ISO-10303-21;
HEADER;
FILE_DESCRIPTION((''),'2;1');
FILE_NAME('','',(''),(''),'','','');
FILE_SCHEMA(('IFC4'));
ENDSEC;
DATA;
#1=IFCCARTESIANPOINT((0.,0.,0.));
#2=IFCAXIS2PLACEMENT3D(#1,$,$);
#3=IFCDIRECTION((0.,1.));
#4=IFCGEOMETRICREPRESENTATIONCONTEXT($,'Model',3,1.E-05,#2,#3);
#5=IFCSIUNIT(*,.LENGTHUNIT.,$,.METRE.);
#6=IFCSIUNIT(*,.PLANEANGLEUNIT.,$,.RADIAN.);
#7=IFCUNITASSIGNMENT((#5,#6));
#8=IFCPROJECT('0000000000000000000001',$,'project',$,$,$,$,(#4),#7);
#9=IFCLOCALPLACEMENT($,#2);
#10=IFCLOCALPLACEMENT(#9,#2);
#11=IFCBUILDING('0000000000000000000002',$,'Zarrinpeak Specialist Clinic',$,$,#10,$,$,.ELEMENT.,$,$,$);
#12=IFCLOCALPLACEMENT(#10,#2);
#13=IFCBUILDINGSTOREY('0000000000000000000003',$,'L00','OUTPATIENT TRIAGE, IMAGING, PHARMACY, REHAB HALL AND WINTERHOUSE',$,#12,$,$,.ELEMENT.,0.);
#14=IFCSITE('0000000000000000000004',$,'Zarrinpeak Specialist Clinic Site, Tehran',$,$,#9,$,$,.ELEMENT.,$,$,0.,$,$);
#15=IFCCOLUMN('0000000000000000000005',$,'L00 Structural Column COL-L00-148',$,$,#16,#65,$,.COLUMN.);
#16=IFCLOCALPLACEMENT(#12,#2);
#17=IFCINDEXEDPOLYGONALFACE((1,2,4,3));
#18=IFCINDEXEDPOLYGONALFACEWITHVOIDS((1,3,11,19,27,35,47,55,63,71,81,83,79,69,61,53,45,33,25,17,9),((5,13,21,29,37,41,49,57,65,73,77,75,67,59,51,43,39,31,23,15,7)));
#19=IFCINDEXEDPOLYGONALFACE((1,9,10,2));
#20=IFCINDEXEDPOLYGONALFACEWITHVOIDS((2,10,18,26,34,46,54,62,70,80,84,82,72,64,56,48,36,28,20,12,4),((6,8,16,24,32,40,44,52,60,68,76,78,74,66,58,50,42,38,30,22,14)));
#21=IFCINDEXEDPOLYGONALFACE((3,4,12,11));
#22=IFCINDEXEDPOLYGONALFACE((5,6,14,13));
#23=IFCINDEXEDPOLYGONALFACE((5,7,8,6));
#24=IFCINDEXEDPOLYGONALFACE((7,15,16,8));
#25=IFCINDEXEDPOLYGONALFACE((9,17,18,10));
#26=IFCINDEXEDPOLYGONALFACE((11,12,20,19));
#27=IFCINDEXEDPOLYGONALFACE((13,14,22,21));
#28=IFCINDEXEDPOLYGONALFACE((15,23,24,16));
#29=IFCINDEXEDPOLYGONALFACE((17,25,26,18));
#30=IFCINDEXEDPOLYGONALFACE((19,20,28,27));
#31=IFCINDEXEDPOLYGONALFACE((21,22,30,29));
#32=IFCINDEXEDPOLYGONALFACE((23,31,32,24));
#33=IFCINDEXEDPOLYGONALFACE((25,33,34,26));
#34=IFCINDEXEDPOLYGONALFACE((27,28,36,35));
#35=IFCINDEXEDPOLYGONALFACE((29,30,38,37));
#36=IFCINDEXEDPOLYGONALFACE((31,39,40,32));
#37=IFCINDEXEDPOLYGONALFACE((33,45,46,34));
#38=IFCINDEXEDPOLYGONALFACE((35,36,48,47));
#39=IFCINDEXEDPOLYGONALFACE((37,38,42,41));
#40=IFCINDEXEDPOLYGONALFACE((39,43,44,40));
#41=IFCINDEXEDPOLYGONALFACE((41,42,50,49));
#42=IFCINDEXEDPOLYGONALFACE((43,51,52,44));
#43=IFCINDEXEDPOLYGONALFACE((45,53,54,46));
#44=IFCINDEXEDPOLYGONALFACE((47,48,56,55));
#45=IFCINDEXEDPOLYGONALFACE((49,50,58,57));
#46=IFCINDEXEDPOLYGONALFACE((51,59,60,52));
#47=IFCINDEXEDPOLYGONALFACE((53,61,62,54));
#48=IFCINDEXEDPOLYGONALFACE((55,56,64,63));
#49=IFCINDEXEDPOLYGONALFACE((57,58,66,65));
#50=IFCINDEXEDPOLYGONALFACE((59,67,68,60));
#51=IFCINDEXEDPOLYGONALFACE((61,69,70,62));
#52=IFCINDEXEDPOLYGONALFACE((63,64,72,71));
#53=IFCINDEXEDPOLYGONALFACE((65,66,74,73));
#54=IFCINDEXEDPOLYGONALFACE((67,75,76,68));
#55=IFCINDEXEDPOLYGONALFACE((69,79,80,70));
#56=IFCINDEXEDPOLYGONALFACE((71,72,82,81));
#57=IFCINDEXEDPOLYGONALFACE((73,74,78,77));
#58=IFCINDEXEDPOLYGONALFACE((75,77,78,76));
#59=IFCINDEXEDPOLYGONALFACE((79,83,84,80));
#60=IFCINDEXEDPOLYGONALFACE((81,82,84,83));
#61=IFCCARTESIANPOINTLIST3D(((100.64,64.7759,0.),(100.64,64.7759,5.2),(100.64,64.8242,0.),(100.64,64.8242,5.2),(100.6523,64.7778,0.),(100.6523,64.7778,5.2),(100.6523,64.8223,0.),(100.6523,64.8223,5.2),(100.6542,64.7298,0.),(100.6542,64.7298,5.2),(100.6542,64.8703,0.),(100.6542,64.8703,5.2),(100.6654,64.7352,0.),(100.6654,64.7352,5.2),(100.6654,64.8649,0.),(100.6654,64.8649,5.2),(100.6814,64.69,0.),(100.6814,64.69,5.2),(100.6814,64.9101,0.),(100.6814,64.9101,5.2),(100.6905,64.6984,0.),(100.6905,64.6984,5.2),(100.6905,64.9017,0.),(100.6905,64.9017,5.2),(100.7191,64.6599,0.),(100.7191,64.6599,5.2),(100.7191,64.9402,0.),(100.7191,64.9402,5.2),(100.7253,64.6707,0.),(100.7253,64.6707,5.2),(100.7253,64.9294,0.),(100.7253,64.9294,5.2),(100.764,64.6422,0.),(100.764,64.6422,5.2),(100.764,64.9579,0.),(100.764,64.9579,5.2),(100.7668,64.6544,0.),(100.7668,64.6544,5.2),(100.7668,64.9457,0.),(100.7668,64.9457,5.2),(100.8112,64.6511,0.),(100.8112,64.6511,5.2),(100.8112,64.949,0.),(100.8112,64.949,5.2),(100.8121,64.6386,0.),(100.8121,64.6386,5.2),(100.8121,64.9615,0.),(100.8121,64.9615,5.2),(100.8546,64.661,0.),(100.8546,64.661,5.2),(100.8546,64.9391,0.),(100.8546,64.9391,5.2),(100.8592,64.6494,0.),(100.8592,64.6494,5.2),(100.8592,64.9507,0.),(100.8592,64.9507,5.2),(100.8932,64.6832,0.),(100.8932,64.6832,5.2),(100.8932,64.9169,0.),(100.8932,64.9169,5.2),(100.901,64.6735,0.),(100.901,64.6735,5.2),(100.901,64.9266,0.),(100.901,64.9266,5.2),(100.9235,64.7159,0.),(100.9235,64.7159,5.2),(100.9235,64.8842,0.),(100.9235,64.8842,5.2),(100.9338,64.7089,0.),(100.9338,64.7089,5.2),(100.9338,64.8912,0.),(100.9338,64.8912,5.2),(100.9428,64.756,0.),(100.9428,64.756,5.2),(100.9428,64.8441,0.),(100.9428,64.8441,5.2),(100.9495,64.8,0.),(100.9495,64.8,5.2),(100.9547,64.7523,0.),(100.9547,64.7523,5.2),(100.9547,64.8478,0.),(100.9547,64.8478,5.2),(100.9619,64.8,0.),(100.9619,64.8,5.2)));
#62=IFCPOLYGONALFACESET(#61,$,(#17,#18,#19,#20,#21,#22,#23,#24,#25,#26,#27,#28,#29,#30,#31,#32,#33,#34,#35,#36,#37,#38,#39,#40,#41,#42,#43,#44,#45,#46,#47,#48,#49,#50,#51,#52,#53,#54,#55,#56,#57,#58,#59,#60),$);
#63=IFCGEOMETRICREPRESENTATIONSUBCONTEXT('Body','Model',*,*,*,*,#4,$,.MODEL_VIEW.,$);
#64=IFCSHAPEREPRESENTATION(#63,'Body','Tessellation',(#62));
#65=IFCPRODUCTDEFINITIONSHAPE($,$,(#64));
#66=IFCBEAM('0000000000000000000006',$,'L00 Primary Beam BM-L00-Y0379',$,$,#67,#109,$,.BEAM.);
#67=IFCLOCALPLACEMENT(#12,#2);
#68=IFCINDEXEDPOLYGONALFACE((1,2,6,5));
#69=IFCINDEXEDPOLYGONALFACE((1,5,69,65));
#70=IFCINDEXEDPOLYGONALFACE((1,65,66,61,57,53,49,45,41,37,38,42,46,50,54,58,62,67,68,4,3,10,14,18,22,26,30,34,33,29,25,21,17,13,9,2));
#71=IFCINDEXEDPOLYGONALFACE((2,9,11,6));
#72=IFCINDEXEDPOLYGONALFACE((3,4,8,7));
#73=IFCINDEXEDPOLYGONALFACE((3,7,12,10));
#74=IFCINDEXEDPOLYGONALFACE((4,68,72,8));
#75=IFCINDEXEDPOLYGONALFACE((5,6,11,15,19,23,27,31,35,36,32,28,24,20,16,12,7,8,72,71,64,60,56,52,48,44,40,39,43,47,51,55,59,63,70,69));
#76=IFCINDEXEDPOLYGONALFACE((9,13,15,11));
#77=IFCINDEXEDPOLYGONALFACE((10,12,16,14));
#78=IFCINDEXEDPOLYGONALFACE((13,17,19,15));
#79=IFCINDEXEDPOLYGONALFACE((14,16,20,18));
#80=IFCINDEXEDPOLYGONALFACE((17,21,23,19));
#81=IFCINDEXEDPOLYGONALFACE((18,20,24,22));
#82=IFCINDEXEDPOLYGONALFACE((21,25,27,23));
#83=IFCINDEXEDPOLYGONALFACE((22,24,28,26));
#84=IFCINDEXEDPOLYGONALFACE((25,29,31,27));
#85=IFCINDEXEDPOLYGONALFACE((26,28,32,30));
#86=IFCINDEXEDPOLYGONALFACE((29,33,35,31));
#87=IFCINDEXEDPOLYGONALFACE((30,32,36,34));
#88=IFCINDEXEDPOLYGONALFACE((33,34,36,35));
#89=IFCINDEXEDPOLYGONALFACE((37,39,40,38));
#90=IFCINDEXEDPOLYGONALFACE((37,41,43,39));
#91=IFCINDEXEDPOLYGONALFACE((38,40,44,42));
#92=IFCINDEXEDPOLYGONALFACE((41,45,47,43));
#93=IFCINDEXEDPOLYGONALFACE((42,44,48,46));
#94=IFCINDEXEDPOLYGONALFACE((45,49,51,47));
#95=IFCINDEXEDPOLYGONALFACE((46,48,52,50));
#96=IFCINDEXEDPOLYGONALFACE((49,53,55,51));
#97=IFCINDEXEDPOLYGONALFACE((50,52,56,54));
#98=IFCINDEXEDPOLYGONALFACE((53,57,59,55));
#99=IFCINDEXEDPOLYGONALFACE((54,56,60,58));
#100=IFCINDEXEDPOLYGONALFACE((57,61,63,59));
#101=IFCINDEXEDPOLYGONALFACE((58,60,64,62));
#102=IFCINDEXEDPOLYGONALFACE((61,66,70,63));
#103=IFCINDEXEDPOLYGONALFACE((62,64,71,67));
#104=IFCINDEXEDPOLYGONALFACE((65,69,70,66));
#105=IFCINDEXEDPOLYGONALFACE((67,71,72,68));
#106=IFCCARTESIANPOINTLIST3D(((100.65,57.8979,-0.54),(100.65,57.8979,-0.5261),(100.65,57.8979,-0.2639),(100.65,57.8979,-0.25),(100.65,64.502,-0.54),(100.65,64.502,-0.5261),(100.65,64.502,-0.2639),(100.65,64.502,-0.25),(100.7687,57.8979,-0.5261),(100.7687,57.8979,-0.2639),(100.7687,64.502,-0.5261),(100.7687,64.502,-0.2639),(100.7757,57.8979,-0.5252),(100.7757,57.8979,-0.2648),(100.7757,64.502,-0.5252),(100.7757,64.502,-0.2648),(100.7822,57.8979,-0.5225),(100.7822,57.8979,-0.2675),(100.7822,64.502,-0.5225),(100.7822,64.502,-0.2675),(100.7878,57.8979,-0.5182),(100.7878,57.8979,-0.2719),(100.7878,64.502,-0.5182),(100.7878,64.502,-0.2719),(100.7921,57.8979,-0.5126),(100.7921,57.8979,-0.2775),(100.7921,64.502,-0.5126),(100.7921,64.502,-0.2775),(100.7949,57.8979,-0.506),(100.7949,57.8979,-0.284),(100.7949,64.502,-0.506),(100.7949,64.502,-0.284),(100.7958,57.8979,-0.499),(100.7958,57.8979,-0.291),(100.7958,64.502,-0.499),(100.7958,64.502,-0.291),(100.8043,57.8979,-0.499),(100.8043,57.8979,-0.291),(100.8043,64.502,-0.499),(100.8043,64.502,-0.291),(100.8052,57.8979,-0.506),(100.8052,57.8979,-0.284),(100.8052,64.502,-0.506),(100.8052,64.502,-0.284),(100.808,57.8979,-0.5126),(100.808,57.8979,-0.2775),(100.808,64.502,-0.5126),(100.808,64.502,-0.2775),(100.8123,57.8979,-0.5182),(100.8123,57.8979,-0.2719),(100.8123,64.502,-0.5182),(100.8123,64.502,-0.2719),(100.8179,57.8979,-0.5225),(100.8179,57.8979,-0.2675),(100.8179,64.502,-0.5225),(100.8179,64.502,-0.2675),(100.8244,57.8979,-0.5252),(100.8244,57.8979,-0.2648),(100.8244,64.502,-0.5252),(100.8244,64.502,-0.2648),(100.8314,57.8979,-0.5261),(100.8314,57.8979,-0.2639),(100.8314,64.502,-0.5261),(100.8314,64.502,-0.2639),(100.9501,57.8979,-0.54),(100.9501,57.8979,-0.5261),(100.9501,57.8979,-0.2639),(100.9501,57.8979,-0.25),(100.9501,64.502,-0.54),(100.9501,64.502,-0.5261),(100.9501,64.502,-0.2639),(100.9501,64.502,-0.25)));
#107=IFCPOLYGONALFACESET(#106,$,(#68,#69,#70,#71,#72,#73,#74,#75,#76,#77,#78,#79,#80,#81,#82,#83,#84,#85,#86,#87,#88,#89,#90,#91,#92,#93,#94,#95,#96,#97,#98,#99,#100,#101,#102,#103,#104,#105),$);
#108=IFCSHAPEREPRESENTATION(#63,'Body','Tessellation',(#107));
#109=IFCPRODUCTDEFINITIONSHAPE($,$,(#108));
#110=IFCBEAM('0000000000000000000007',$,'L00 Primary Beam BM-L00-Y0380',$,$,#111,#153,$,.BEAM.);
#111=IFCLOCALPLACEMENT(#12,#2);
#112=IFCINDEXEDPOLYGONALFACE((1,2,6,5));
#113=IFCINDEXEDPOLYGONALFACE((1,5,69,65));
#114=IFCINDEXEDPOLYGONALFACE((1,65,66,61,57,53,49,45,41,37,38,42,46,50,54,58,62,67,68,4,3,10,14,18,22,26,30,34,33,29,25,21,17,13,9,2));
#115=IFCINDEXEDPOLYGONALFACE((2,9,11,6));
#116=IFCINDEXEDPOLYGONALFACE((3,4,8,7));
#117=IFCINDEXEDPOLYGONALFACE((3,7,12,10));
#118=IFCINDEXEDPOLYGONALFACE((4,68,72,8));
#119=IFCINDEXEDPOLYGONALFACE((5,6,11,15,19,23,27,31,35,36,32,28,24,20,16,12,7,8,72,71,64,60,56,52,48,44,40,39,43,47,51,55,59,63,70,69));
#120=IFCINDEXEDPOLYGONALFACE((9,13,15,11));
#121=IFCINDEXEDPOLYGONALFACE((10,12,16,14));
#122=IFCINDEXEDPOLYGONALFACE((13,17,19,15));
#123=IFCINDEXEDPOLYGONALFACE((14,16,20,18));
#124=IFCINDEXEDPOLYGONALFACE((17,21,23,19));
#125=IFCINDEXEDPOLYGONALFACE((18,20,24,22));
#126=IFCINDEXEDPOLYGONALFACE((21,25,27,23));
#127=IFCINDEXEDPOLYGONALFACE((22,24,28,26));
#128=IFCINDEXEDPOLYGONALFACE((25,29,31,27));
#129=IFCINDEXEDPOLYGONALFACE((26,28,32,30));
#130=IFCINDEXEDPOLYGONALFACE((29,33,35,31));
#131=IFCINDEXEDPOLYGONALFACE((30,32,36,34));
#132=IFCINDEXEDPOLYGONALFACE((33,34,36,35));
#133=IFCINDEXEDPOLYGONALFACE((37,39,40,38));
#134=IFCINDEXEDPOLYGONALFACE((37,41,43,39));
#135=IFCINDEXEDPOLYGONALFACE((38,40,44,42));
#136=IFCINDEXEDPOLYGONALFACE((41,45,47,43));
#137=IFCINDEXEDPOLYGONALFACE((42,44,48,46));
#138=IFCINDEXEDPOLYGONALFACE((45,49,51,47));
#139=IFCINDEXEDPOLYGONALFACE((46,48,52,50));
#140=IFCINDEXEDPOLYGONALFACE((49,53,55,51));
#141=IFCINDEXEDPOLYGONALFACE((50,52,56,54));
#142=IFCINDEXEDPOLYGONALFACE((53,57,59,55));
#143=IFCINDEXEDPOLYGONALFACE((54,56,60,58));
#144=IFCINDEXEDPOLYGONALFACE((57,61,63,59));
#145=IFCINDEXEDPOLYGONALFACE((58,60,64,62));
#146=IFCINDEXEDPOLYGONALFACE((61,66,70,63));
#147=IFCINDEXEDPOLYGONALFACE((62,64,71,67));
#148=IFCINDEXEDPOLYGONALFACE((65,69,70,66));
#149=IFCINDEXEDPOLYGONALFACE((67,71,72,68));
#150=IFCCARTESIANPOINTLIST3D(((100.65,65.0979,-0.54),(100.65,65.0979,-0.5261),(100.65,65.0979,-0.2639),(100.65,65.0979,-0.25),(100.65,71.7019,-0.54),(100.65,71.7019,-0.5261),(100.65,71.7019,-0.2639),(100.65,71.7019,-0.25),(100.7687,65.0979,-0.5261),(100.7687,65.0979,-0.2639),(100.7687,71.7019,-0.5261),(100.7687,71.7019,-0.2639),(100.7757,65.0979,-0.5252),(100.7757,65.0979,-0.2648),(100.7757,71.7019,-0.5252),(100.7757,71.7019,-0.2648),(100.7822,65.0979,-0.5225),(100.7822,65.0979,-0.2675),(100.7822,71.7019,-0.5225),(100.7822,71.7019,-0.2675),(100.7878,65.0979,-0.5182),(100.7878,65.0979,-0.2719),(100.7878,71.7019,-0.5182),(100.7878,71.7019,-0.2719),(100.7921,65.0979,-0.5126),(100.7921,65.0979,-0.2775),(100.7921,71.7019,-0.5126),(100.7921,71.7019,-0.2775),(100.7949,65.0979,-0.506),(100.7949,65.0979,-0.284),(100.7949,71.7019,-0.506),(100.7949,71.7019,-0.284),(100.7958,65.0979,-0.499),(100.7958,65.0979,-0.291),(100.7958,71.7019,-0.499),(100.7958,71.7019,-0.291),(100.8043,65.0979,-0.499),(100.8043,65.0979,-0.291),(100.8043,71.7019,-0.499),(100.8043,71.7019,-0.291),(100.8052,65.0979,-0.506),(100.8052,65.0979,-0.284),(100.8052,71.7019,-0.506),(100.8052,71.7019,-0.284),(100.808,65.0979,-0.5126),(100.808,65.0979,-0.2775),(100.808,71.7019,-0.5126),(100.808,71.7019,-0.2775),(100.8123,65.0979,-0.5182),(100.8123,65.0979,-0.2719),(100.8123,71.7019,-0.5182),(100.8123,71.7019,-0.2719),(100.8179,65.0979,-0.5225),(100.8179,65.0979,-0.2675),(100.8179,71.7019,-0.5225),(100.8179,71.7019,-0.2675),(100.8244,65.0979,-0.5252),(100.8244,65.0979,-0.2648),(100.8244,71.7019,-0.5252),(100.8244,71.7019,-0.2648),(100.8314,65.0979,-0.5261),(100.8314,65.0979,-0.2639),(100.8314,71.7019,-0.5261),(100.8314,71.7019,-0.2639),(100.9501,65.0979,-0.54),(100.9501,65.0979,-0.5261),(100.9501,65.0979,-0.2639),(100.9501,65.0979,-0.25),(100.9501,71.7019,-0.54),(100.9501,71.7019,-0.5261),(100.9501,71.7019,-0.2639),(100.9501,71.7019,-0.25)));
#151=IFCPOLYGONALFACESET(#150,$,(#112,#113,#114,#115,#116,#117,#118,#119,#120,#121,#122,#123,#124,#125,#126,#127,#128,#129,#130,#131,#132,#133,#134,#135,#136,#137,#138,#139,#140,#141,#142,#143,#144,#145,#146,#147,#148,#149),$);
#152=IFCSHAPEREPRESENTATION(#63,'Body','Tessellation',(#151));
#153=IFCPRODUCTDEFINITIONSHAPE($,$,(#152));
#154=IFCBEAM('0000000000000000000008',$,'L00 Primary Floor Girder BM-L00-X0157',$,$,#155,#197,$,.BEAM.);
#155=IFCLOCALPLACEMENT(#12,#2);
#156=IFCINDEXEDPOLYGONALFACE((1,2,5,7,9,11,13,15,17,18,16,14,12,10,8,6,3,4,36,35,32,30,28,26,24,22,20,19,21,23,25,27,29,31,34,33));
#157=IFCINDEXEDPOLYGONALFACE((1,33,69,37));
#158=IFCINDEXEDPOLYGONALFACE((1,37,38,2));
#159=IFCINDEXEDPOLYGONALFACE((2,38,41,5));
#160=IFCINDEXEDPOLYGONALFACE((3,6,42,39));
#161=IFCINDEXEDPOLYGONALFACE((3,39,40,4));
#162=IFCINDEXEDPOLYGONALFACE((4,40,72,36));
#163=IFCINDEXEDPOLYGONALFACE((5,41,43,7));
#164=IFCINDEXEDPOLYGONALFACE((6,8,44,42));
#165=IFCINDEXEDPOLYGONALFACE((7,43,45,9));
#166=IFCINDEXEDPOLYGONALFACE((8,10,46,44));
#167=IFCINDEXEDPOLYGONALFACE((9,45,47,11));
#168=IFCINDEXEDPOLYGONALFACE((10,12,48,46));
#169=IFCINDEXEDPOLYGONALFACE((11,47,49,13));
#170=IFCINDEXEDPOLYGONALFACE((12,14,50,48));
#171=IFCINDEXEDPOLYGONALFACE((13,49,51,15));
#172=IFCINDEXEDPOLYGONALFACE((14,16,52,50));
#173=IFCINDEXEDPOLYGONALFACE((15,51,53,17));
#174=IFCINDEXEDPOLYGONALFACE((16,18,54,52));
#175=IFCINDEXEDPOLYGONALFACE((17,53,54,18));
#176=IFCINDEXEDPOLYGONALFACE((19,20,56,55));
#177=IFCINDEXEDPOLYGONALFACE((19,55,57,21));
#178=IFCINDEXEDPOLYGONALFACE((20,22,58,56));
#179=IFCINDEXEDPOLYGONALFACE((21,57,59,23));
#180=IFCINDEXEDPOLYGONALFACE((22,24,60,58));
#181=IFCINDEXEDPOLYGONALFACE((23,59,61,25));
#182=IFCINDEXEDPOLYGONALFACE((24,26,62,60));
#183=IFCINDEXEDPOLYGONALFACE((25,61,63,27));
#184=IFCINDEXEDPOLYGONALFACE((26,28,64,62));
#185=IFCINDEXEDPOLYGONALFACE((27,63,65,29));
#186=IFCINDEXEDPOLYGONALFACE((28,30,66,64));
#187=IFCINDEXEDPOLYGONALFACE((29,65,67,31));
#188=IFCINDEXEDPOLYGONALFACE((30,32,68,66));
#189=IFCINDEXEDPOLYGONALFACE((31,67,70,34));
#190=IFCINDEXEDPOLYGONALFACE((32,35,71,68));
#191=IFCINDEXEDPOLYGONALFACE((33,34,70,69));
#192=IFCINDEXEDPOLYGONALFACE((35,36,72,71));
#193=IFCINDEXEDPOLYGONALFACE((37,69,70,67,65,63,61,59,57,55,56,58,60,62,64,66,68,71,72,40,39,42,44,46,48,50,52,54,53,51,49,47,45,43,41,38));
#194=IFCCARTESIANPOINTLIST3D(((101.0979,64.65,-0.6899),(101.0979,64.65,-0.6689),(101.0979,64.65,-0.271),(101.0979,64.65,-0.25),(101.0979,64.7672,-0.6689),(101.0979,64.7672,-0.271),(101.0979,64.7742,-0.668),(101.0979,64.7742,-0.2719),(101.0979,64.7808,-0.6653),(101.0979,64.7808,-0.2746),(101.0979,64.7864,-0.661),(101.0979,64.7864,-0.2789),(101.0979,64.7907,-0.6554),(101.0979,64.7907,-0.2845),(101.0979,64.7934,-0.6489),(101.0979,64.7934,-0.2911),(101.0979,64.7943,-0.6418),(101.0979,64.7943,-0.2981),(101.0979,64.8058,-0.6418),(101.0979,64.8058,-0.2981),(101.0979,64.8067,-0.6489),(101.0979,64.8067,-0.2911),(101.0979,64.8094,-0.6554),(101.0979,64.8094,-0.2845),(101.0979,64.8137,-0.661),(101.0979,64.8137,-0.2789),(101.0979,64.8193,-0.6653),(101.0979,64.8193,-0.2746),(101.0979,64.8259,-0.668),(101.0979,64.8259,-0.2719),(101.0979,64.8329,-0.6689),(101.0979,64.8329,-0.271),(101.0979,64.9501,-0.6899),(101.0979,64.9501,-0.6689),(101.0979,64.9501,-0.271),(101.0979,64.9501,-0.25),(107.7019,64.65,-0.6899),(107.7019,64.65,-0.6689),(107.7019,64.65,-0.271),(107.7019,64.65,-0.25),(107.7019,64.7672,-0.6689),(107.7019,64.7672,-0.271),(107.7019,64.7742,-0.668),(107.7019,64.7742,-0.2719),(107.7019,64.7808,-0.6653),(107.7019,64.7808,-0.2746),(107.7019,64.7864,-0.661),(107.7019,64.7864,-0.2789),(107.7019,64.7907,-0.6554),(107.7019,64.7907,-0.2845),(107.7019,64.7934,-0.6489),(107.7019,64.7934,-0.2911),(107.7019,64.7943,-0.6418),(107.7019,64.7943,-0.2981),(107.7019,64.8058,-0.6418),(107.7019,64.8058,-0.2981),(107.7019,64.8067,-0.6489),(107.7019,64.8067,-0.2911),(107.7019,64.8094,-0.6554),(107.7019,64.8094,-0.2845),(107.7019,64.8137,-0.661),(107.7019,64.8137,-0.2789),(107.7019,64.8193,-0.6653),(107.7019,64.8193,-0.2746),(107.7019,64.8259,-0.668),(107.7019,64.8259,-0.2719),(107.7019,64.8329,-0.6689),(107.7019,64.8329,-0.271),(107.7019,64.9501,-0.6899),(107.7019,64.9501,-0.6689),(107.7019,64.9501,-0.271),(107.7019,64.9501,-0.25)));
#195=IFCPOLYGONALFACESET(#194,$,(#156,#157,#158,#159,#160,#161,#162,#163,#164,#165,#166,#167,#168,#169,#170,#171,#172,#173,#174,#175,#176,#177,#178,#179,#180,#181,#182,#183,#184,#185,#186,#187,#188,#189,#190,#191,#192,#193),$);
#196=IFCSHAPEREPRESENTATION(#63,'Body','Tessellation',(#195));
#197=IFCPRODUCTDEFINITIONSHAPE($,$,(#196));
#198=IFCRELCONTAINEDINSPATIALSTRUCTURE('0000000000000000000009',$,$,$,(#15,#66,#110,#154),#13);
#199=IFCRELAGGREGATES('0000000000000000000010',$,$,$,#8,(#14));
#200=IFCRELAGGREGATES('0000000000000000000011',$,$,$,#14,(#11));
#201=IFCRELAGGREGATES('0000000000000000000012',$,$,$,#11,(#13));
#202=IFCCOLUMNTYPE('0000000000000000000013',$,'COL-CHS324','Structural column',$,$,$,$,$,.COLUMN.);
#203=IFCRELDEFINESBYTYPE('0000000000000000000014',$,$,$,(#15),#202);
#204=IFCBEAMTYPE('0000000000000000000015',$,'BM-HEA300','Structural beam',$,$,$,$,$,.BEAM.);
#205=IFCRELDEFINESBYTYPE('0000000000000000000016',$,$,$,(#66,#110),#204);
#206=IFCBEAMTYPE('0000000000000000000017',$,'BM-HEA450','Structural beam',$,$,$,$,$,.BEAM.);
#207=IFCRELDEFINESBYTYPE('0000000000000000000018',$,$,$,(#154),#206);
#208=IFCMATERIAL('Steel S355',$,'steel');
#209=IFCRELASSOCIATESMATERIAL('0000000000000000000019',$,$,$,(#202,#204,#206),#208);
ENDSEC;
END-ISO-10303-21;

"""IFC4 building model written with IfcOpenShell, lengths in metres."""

from ifc_helpers import new_model, si_unit, direction, frame, origin, origin_2d, place, context, subcontext, project, spatial, hollow_circle, i_section, extrude, material, material_profile, profile_set, type_object, element, save


model = new_model("IFC4")

# Units and contexts
model_context = context("Model", 3, precision=1e-05, world=origin(), true_north=direction((0.0, 1.0)))
body_context = subcontext(model_context, "Body", "Model", "MODEL_VIEW")
ifc_project = project(units=[si_unit("LENGTHUNIT", "METRE"), si_unit("PLANEANGLEUNIT", "RADIAN")], contexts=[model_context])

# Site, building, storey
site_placement = place(None, origin())
site = spatial("IfcSite", under=ifc_project, at=site_placement, Name="Zarrinpeak Specialist Clinic Site, Tehran", CompositionType="ELEMENT", RefElevation=0.0)
building_placement = place(site_placement, origin())
building = spatial("IfcBuilding", under=site, at=building_placement, Name="Zarrinpeak Specialist Clinic", CompositionType="ELEMENT")
storey_placement = place(building_placement, origin())
storey = spatial("IfcBuildingStorey", under=building, at=storey_placement, Name="L00", Description="OUTPATIENT TRIAGE, IMAGING, PHARMACY, REHAB HALL AND WINTERHOUSE", CompositionType="ELEMENT", Elevation=0.0)

# Column
ifc_material_1 = material(Name="Steel S355", Category="steel")
ifc_material_profile_1 = material_profile(ifc_material_1, hollow_circle(Radius=0.1619, WallThickness=0.0125, at=origin_2d()), Name="CHS 323.9x12.5")
ifc_profile_set_1 = profile_set([ifc_material_profile_1], Name="Steel S355")
column_type = type_object("IfcColumnType", Name="COL-CHS324", Description="Structural column", PredefinedType="COLUMN", material=ifc_profile_set_1)
column_placement = place(storey_placement, frame((100.8, 64.8, 0.0), z_axis=(0.0, 0.0, 1.0), x_axis=(1.0, 0.0, 0.0)))
element("IfcColumn", 1, at=column_placement, inside=storey, type_object=column_type, Name="L00 Structural Column COL-L00-148", PredefinedType="COLUMN", context=body_context, shape_type="SweptSolid", body=[
    extrude(hollow_circle(Radius=0.1619, WallThickness=0.0125, at=origin_2d()), origin(), (0.0, 0.0, 1.0), 5.2),
])

# Beams
ifc_material_profile_2 = material_profile(ifc_material_1, i_section(OverallWidth=0.3, OverallDepth=0.29, WebThickness=0.0085, FlangeThickness=0.0139, FilletRadius=0.0271, at=origin_2d()), Name="HEA 300")
ifc_profile_set_2 = profile_set([ifc_material_profile_2], Name="Steel S355")
beam_type_1 = type_object("IfcBeamType", Name="BM-HEA300", Description="Structural beam", PredefinedType="BEAM", material=ifc_profile_set_2)
for number, where, z_axis, x_axis, name in (
    (2, (100.8, 57.8979, -0.395), (0.0, 1.0, 0.0), (-1.0, 0.0, 0.0), "L00 Primary Beam BM-L00-Y0379"),
    (3, (100.8, 65.0979, -0.395), (0.0, 1.0, 0.0), (-1.0, 0.0, 0.0), "L00 Primary Beam BM-L00-Y0380"),
):
    element("IfcBeam", number, at=place(storey_placement, frame(where, z_axis=z_axis, x_axis=x_axis)), inside=storey, type_object=beam_type_1, Name=name, PredefinedType="BEAM", context=body_context, shape_type="SweptSolid", body=[
        extrude(i_section(OverallWidth=0.3, OverallDepth=0.29, WebThickness=0.0085, FlangeThickness=0.0139, FilletRadius=0.0271, at=origin_2d()), origin(), (0.0, 0.0, 1.0), 6.604),
    ])
ifc_material_profile_3 = material_profile(ifc_material_1, i_section(OverallWidth=0.3, OverallDepth=0.4399, WebThickness=0.0115, FlangeThickness=0.021, FilletRadius=0.0271, at=origin_2d()), Name="HEA 450")
ifc_profile_set_3 = profile_set([ifc_material_profile_3], Name="Steel S355")
beam_type_2 = type_object("IfcBeamType", Name="BM-HEA450", Description="Structural beam", PredefinedType="BEAM", material=ifc_profile_set_3)
beam_placement = place(storey_placement, frame((101.0979, 64.8, -0.47), z_axis=(1.0, 0.0, 0.0), x_axis=(0.0, 1.0, 0.0)))
element("IfcBeam", 4, at=beam_placement, inside=storey, type_object=beam_type_2, Name="L00 Primary Floor Girder BM-L00-X0157", PredefinedType="BEAM", context=body_context, shape_type="SweptSolid", body=[
    extrude(i_section(OverallWidth=0.3, OverallDepth=0.4399, WebThickness=0.0115, FlangeThickness=0.021, FilletRadius=0.0271, at=origin_2d()), origin(), (0.0, 0.0, 1.0), 6.604),
])

save(model, "model.ifc")
